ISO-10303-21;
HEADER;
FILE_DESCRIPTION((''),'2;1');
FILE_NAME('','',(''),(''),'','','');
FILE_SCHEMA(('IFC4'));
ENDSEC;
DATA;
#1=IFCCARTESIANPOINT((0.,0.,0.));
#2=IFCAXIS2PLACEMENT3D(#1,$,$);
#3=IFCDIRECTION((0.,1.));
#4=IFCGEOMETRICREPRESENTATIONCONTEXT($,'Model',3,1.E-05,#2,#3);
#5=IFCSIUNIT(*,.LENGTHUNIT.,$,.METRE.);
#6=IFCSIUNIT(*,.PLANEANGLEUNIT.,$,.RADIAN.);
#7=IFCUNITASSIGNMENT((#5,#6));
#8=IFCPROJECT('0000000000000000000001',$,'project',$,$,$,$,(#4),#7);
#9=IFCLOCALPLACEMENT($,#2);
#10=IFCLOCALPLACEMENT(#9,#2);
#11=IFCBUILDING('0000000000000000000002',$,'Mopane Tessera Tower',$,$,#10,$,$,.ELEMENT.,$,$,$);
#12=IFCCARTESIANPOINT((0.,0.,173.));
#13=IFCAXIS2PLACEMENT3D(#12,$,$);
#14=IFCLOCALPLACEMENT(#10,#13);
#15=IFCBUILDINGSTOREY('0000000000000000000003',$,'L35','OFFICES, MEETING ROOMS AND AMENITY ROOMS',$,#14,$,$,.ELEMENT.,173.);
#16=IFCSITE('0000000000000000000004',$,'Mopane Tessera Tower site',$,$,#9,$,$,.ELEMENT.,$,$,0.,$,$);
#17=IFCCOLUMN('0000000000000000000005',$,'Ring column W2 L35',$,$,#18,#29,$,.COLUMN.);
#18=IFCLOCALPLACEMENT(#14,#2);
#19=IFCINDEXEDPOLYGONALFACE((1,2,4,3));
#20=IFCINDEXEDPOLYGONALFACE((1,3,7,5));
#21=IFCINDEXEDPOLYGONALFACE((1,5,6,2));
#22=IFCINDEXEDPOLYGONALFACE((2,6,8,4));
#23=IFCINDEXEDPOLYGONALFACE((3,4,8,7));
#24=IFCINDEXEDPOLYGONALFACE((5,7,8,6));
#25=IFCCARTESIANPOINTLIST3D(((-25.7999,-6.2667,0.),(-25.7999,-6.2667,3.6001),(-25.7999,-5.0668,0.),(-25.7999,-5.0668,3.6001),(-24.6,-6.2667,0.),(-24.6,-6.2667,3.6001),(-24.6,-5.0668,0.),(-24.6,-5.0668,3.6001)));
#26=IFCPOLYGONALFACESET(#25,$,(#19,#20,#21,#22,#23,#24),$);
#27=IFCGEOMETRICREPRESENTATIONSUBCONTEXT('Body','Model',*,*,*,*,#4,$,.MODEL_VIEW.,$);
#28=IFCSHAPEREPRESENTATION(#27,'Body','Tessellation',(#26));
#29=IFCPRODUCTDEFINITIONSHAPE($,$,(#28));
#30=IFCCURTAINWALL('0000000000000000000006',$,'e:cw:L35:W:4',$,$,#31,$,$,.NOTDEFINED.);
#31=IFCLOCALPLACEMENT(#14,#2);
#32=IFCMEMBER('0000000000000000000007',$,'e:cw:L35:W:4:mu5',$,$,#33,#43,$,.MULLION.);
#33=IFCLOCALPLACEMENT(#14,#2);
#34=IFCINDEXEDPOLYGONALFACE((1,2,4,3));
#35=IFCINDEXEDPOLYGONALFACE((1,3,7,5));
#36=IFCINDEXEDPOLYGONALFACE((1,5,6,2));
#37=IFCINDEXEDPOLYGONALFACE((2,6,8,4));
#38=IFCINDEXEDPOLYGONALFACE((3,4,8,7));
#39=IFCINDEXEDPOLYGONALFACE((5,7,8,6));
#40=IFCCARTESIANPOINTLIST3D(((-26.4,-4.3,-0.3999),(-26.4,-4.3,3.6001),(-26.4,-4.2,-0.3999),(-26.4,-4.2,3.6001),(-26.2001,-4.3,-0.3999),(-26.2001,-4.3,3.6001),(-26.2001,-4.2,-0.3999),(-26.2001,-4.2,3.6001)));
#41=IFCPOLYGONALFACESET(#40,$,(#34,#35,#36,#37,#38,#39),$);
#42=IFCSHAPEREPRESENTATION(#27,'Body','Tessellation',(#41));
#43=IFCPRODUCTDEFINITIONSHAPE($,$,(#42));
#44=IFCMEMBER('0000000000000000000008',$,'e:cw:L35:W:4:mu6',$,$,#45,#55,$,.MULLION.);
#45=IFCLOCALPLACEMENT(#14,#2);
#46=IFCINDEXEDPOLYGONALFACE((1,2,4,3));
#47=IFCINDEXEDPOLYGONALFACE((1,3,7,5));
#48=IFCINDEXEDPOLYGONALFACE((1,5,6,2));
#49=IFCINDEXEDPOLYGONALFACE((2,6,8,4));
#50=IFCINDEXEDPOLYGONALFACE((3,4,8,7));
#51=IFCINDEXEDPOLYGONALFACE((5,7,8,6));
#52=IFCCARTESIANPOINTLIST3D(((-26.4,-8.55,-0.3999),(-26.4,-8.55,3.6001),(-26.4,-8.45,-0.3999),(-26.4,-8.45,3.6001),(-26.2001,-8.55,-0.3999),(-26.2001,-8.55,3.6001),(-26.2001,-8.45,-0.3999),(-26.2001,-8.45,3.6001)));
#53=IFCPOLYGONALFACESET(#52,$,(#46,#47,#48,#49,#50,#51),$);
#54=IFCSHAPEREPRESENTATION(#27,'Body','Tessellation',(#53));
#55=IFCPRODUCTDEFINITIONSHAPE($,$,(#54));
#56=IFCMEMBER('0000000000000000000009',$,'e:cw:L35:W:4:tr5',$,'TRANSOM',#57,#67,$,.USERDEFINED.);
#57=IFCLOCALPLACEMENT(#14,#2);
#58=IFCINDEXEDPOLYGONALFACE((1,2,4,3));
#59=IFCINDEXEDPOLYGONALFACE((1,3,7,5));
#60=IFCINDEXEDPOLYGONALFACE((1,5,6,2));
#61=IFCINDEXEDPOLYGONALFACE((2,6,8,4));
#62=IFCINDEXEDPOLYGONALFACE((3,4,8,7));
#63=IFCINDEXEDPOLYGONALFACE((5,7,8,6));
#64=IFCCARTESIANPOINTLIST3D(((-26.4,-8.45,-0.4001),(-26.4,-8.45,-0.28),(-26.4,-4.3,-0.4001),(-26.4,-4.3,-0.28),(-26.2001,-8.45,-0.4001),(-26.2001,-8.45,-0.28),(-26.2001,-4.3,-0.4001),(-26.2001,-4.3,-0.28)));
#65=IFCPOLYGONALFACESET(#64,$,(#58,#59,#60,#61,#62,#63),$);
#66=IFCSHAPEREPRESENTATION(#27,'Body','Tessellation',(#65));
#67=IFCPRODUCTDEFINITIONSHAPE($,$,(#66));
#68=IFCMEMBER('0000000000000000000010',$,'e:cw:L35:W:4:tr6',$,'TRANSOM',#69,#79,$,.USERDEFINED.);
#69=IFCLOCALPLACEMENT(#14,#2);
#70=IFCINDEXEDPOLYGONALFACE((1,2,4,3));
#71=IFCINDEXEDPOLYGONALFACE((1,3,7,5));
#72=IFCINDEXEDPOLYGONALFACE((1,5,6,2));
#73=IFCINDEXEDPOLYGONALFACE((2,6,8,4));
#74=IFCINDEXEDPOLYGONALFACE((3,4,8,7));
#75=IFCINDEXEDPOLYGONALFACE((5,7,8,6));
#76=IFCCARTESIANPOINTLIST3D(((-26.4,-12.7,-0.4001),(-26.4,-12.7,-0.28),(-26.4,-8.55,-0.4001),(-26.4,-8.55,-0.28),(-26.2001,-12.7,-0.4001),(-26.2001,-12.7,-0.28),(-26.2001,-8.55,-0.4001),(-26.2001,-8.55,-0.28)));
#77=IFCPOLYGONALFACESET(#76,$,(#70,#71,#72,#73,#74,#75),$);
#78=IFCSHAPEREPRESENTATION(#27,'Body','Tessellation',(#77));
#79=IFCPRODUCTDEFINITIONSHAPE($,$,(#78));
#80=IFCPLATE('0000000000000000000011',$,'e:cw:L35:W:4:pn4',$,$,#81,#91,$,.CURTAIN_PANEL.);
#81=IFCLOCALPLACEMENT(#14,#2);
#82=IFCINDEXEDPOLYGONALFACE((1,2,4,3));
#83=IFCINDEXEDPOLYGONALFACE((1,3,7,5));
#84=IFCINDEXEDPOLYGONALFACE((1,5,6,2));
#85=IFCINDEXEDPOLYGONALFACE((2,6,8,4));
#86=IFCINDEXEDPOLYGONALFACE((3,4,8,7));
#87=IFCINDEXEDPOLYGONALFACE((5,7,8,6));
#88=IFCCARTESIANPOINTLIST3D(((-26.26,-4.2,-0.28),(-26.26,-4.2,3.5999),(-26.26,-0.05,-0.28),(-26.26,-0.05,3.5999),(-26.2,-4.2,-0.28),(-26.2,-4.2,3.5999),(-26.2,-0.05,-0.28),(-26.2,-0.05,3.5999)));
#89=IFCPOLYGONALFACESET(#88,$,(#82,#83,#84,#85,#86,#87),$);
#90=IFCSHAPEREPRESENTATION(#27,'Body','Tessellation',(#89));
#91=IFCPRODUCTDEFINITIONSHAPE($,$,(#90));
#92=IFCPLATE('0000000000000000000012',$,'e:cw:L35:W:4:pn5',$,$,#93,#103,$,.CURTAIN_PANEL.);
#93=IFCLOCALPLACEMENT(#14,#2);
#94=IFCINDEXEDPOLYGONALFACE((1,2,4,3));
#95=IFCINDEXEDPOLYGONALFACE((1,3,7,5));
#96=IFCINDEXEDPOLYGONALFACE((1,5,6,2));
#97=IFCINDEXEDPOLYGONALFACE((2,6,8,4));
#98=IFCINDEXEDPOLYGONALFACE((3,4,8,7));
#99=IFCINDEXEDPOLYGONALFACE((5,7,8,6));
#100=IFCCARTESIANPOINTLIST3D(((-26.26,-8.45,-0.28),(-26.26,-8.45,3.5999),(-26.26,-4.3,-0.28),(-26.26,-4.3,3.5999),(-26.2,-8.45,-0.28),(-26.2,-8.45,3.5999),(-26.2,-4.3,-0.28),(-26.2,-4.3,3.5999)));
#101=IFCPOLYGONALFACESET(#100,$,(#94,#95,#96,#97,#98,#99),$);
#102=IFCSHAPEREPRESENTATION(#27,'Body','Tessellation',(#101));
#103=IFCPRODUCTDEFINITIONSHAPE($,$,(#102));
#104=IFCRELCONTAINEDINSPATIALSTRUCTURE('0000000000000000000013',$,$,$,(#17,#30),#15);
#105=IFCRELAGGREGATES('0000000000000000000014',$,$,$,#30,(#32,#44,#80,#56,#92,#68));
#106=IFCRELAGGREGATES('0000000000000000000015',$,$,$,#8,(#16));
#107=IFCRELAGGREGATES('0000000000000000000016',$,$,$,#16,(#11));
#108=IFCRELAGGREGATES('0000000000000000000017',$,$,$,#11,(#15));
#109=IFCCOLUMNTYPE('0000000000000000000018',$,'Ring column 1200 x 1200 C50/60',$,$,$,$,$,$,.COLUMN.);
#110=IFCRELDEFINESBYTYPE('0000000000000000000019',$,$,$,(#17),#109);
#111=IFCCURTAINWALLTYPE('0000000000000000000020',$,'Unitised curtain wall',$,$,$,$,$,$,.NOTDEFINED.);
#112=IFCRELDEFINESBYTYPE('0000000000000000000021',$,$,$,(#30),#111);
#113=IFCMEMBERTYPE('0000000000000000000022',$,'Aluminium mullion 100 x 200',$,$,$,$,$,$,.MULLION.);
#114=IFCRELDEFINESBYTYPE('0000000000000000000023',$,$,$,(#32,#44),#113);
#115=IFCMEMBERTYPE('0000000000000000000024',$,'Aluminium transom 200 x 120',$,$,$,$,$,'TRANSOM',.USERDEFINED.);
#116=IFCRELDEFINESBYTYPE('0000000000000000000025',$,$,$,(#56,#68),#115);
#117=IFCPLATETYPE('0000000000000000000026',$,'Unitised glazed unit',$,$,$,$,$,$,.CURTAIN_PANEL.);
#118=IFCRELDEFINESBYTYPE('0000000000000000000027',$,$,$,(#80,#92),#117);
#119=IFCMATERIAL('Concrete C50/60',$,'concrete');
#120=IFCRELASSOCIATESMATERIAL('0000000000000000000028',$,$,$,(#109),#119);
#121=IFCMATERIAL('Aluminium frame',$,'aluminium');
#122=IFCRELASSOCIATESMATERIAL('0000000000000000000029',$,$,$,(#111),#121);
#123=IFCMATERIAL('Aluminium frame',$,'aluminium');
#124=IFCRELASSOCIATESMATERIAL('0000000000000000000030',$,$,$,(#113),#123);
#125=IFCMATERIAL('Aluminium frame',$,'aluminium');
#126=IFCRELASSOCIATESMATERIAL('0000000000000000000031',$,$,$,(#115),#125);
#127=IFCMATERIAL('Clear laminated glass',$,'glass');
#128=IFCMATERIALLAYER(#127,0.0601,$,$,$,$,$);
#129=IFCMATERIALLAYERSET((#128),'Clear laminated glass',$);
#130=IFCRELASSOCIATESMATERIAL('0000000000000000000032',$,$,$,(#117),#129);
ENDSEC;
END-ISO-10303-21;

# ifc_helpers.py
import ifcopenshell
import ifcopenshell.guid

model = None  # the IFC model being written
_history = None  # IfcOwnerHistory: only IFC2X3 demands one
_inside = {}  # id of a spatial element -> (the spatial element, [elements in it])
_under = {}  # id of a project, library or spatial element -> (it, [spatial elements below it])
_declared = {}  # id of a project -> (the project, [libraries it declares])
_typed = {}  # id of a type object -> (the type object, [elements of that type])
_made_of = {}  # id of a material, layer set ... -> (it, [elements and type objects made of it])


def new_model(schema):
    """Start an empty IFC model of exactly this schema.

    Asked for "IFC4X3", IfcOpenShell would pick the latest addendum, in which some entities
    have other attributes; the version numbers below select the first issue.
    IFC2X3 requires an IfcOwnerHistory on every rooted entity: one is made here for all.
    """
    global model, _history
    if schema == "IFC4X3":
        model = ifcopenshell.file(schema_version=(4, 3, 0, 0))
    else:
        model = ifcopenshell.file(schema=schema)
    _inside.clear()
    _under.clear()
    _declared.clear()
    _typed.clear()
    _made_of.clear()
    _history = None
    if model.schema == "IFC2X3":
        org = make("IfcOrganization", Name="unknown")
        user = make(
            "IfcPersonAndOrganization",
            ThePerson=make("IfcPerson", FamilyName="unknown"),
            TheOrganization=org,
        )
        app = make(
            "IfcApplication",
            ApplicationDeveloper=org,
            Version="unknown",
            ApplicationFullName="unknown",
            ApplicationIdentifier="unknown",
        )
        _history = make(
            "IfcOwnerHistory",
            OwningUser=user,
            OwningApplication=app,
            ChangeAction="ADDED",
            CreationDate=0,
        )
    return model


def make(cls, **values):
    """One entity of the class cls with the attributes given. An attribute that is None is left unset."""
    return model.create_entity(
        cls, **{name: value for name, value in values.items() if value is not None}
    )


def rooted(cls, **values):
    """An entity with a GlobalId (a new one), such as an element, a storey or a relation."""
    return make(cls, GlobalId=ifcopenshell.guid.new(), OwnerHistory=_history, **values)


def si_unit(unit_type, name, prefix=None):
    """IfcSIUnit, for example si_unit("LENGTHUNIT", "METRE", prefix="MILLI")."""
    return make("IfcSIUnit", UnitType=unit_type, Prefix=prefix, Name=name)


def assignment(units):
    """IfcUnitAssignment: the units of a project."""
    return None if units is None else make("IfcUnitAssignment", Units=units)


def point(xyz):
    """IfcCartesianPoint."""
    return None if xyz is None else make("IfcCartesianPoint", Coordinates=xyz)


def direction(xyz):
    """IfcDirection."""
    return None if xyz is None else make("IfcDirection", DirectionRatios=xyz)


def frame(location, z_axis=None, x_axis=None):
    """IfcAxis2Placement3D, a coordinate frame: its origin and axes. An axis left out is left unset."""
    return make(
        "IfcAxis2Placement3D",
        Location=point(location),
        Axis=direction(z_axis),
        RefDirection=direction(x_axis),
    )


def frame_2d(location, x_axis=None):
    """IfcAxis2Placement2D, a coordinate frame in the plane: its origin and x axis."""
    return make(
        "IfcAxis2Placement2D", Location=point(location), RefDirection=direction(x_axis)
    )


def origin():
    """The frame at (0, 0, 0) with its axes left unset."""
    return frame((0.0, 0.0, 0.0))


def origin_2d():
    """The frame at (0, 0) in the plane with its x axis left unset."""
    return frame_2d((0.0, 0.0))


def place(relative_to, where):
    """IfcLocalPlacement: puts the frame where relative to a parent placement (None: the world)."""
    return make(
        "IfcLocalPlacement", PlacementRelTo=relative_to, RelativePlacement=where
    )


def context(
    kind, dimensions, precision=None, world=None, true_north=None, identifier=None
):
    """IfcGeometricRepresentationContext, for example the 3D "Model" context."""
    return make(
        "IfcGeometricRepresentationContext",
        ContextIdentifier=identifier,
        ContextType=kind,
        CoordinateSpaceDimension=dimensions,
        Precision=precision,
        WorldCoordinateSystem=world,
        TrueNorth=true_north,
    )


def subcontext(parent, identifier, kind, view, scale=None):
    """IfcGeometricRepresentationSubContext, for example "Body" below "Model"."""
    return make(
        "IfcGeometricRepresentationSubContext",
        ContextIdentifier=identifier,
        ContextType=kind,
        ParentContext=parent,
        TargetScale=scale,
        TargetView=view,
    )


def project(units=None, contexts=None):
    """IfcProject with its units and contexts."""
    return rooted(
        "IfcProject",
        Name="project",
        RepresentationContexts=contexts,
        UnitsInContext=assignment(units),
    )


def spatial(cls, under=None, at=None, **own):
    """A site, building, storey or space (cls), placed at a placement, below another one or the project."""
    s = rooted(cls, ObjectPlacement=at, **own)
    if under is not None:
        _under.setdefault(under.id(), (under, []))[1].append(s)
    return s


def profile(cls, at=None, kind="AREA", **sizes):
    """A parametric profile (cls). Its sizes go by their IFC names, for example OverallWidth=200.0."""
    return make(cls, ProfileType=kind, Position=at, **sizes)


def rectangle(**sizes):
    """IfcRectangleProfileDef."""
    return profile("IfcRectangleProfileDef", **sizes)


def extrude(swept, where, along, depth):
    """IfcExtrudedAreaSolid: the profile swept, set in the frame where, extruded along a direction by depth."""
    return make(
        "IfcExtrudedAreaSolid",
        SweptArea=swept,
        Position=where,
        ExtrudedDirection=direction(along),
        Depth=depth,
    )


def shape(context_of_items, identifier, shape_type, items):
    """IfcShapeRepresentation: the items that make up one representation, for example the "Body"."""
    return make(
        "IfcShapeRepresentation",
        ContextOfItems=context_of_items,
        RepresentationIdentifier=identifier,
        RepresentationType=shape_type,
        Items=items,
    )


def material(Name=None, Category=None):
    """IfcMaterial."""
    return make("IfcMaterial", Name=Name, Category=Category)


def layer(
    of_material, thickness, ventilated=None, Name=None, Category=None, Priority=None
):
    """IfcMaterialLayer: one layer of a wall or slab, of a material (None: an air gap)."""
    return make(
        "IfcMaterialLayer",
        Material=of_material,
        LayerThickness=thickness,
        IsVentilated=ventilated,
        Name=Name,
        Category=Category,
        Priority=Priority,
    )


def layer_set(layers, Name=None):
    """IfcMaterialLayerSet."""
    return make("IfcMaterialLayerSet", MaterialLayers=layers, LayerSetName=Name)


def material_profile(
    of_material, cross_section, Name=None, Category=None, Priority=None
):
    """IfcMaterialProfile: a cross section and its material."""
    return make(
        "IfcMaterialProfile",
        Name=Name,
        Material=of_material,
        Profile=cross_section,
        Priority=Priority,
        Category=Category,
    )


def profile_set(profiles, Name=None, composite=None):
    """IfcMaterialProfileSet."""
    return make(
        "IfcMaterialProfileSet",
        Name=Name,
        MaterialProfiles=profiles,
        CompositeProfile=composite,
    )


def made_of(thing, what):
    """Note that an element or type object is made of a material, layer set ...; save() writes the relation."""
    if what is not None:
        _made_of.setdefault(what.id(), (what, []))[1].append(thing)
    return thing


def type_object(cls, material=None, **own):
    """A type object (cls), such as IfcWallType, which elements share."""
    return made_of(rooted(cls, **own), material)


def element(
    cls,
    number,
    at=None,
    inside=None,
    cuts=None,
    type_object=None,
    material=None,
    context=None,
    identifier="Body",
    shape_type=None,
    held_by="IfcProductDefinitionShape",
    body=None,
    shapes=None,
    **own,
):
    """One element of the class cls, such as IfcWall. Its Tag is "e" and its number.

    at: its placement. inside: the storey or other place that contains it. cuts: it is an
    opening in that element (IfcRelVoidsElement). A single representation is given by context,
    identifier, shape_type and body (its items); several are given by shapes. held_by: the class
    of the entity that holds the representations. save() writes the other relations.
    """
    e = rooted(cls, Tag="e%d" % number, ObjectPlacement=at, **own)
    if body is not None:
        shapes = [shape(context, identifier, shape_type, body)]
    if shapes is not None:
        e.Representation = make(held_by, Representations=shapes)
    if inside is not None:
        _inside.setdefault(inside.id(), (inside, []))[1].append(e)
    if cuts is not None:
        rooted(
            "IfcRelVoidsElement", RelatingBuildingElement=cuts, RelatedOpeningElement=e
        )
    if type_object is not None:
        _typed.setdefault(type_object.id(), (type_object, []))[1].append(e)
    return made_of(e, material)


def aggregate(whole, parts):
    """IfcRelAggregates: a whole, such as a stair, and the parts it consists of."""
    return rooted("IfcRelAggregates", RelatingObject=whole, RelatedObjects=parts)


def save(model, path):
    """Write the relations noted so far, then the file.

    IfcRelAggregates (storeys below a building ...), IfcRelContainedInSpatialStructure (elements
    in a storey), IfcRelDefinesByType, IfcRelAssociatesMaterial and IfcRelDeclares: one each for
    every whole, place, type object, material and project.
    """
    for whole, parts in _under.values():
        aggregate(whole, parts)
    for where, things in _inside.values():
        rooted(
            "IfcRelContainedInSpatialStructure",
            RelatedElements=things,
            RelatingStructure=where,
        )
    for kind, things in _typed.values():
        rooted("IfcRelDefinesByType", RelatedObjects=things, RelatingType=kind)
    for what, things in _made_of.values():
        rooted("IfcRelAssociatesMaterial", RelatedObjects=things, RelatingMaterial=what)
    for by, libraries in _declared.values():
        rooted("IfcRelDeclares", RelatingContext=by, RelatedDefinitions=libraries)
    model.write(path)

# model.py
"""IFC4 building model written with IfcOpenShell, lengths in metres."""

from ifc_helpers import new_model, si_unit, direction, frame, origin, origin_2d, place, context, subcontext, project, spatial, rectangle, extrude, material, layer, layer_set, material_profile, profile_set, type_object, element, aggregate, save


model = new_model("IFC4")

# Units and contexts
model_context = context("Model", 3, precision=1e-05, world=origin(), true_north=direction((0.0, 1.0)))
body_context = subcontext(model_context, "Body", "Model", "MODEL_VIEW")
ifc_project = project(units=[si_unit("LENGTHUNIT", "METRE"), si_unit("PLANEANGLEUNIT", "RADIAN")], contexts=[model_context])

# Site, building, storey
site_placement = place(None, origin())
site = spatial("IfcSite", under=ifc_project, at=site_placement, Name="Mopane Tessera Tower site", CompositionType="ELEMENT", RefElevation=0.0)
building_placement = place(site_placement, origin())
building = spatial("IfcBuilding", under=site, at=building_placement, Name="Mopane Tessera Tower", CompositionType="ELEMENT")
storey_placement = place(building_placement, frame((0.0, 0.0, 173.0)))
storey = spatial("IfcBuildingStorey", under=building, at=storey_placement, Name="L35", Description="OFFICES, MEETING ROOMS AND AMENITY ROOMS", CompositionType="ELEMENT", Elevation=173.0)

# Column
ifc_material_1 = material(Name="Concrete C50/60", Category="concrete")
ifc_material_profile_1 = material_profile(ifc_material_1, rectangle(XDim=1.2, YDim=1.2, at=origin_2d()))
ifc_profile_set_1 = profile_set([ifc_material_profile_1], Name="Concrete C50/60")
column_type = type_object("IfcColumnType", Name="Ring column 1200 x 1200 C50/60", PredefinedType="COLUMN", material=ifc_profile_set_1)
column_placement = place(storey_placement, frame((-25.2, -5.6667, 0.0), z_axis=(0.0, 0.0, 1.0), x_axis=(1.0, 0.0, 0.0)))
element("IfcColumn", 1, at=column_placement, inside=storey, type_object=column_type, Name="Ring column W2 L35", PredefinedType="COLUMN", context=body_context, shape_type="SweptSolid", body=[
    extrude(rectangle(XDim=1.2, YDim=1.2, at=origin_2d()), origin(), (0.0, 0.0, 1.0), 3.6001),
])

# Curtain wall, members, plates
ifc_material_2 = material(Name="Aluminium frame", Category="aluminium")
curtain_wall_type = type_object("IfcCurtainWallType", Name="Unitised curtain wall", PredefinedType="NOTDEFINED", material=ifc_material_2)
curtain_wall_placement = place(storey_placement, origin())
curtain_wall = element("IfcCurtainWall", 2, at=curtain_wall_placement, inside=storey, type_object=curtain_wall_type, Name="e:cw:L35:W:4", PredefinedType="NOTDEFINED")
ifc_material_3 = material(Name="Aluminium frame", Category="aluminium")
ifc_material_profile_2 = material_profile(ifc_material_3, rectangle(XDim=0.1001, YDim=0.2, at=origin_2d()))
ifc_profile_set_2 = profile_set([ifc_material_profile_2], Name="Aluminium frame")
member_type_1 = type_object("IfcMemberType", Name="Aluminium mullion 100 x 200", PredefinedType="MULLION", material=ifc_profile_set_2)
member_1_placement = place(storey_placement, frame((-26.3, -4.25, -0.3999), z_axis=(0.0, 0.0, 1.0), x_axis=(0.0, -1.0, 0.0)))
member_1 = element("IfcMember", 3, at=member_1_placement, type_object=member_type_1, Name="e:cw:L35:W:4:mu5", PredefinedType="MULLION", context=body_context, shape_type="SweptSolid", body=[
    extrude(rectangle(XDim=0.1001, YDim=0.2, at=origin_2d()), origin(), (0.0, 0.0, 1.0), 4.0),
])
member_2_placement = place(storey_placement, frame((-26.3, -8.5, -0.3999), z_axis=(0.0, 0.0, 1.0), x_axis=(0.0, -1.0, 0.0)))
member_2 = element("IfcMember", 4, at=member_2_placement, type_object=member_type_1, Name="e:cw:L35:W:4:mu6", PredefinedType="MULLION", context=body_context, shape_type="SweptSolid", body=[
    extrude(rectangle(XDim=0.1001, YDim=0.2, at=origin_2d()), origin(), (0.0, 0.0, 1.0), 4.0),
])
ifc_material_4 = material(Name="Aluminium frame", Category="aluminium")
ifc_material_profile_3 = material_profile(ifc_material_4, rectangle(XDim=0.2, YDim=0.1201, at=origin_2d()))
ifc_profile_set_3 = profile_set([ifc_material_profile_3], Name="Aluminium frame")
member_type_2 = type_object("IfcMemberType", Name="Aluminium transom 200 x 120", ElementType="TRANSOM", PredefinedType="USERDEFINED", material=ifc_profile_set_3)
member_3_placement = place(storey_placement, frame((-26.3, -4.3, -0.3401), z_axis=(0.0, -1.0, 0.0), x_axis=(1.0, 0.0, 0.0)))
member_3 = element("IfcMember", 5, at=member_3_placement, type_object=member_type_2, Name="e:cw:L35:W:4:tr5", ObjectType="TRANSOM", PredefinedType="USERDEFINED", context=body_context, shape_type="SweptSolid", body=[
    extrude(rectangle(XDim=0.2, YDim=0.1201, at=origin_2d()), origin(), (0.0, 0.0, 1.0), 4.1499),
])
member_4_placement = place(storey_placement, frame((-26.3, -8.55, -0.3401), z_axis=(0.0, -1.0, 0.0), x_axis=(1.0, 0.0, 0.0)))
member_4 = element("IfcMember", 6, at=member_4_placement, type_object=member_type_2, Name="e:cw:L35:W:4:tr6", ObjectType="TRANSOM", PredefinedType="USERDEFINED", context=body_context, shape_type="SweptSolid", body=[
    extrude(rectangle(XDim=0.2, YDim=0.1201, at=origin_2d()), origin(), (0.0, 0.0, 1.0), 4.1499),
])
ifc_material_5 = material(Name="Clear laminated glass", Category="glass")
ifc_layer_1 = layer(ifc_material_5, 0.0601)
ifc_layer_set_1 = layer_set([ifc_layer_1], Name="Clear laminated glass")
plate_type = type_object("IfcPlateType", Name="Unitised glazed unit", PredefinedType="CURTAIN_PANEL", material=ifc_layer_set_1)
plate_1_placement = place(storey_placement, frame((-26.23, -2.125, -0.28), z_axis=(0.0, 0.0, 1.0), x_axis=(0.0, -1.0, 0.0)))
plate_1 = element("IfcPlate", 7, at=plate_1_placement, type_object=plate_type, Name="e:cw:L35:W:4:pn4", PredefinedType="CURTAIN_PANEL", context=body_context, shape_type="SweptSolid", body=[
    extrude(rectangle(XDim=4.1499, YDim=0.0601, at=origin_2d()), origin(), (0.0, 0.0, 1.0), 3.8799),
])
plate_2_placement = place(storey_placement, frame((-26.23, -6.375, -0.28), z_axis=(0.0, 0.0, 1.0), x_axis=(0.0, -1.0, 0.0)))
plate_2 = element("IfcPlate", 8, at=plate_2_placement, type_object=plate_type, Name="e:cw:L35:W:4:pn5", PredefinedType="CURTAIN_PANEL", context=body_context, shape_type="SweptSolid", body=[
    extrude(rectangle(XDim=4.1499, YDim=0.0601, at=origin_2d()), origin(), (0.0, 0.0, 1.0), 3.8799),
])
aggregate(curtain_wall, [member_1, member_2, plate_1, member_3, plate_2, member_4])

save(model, "model.ifc")
